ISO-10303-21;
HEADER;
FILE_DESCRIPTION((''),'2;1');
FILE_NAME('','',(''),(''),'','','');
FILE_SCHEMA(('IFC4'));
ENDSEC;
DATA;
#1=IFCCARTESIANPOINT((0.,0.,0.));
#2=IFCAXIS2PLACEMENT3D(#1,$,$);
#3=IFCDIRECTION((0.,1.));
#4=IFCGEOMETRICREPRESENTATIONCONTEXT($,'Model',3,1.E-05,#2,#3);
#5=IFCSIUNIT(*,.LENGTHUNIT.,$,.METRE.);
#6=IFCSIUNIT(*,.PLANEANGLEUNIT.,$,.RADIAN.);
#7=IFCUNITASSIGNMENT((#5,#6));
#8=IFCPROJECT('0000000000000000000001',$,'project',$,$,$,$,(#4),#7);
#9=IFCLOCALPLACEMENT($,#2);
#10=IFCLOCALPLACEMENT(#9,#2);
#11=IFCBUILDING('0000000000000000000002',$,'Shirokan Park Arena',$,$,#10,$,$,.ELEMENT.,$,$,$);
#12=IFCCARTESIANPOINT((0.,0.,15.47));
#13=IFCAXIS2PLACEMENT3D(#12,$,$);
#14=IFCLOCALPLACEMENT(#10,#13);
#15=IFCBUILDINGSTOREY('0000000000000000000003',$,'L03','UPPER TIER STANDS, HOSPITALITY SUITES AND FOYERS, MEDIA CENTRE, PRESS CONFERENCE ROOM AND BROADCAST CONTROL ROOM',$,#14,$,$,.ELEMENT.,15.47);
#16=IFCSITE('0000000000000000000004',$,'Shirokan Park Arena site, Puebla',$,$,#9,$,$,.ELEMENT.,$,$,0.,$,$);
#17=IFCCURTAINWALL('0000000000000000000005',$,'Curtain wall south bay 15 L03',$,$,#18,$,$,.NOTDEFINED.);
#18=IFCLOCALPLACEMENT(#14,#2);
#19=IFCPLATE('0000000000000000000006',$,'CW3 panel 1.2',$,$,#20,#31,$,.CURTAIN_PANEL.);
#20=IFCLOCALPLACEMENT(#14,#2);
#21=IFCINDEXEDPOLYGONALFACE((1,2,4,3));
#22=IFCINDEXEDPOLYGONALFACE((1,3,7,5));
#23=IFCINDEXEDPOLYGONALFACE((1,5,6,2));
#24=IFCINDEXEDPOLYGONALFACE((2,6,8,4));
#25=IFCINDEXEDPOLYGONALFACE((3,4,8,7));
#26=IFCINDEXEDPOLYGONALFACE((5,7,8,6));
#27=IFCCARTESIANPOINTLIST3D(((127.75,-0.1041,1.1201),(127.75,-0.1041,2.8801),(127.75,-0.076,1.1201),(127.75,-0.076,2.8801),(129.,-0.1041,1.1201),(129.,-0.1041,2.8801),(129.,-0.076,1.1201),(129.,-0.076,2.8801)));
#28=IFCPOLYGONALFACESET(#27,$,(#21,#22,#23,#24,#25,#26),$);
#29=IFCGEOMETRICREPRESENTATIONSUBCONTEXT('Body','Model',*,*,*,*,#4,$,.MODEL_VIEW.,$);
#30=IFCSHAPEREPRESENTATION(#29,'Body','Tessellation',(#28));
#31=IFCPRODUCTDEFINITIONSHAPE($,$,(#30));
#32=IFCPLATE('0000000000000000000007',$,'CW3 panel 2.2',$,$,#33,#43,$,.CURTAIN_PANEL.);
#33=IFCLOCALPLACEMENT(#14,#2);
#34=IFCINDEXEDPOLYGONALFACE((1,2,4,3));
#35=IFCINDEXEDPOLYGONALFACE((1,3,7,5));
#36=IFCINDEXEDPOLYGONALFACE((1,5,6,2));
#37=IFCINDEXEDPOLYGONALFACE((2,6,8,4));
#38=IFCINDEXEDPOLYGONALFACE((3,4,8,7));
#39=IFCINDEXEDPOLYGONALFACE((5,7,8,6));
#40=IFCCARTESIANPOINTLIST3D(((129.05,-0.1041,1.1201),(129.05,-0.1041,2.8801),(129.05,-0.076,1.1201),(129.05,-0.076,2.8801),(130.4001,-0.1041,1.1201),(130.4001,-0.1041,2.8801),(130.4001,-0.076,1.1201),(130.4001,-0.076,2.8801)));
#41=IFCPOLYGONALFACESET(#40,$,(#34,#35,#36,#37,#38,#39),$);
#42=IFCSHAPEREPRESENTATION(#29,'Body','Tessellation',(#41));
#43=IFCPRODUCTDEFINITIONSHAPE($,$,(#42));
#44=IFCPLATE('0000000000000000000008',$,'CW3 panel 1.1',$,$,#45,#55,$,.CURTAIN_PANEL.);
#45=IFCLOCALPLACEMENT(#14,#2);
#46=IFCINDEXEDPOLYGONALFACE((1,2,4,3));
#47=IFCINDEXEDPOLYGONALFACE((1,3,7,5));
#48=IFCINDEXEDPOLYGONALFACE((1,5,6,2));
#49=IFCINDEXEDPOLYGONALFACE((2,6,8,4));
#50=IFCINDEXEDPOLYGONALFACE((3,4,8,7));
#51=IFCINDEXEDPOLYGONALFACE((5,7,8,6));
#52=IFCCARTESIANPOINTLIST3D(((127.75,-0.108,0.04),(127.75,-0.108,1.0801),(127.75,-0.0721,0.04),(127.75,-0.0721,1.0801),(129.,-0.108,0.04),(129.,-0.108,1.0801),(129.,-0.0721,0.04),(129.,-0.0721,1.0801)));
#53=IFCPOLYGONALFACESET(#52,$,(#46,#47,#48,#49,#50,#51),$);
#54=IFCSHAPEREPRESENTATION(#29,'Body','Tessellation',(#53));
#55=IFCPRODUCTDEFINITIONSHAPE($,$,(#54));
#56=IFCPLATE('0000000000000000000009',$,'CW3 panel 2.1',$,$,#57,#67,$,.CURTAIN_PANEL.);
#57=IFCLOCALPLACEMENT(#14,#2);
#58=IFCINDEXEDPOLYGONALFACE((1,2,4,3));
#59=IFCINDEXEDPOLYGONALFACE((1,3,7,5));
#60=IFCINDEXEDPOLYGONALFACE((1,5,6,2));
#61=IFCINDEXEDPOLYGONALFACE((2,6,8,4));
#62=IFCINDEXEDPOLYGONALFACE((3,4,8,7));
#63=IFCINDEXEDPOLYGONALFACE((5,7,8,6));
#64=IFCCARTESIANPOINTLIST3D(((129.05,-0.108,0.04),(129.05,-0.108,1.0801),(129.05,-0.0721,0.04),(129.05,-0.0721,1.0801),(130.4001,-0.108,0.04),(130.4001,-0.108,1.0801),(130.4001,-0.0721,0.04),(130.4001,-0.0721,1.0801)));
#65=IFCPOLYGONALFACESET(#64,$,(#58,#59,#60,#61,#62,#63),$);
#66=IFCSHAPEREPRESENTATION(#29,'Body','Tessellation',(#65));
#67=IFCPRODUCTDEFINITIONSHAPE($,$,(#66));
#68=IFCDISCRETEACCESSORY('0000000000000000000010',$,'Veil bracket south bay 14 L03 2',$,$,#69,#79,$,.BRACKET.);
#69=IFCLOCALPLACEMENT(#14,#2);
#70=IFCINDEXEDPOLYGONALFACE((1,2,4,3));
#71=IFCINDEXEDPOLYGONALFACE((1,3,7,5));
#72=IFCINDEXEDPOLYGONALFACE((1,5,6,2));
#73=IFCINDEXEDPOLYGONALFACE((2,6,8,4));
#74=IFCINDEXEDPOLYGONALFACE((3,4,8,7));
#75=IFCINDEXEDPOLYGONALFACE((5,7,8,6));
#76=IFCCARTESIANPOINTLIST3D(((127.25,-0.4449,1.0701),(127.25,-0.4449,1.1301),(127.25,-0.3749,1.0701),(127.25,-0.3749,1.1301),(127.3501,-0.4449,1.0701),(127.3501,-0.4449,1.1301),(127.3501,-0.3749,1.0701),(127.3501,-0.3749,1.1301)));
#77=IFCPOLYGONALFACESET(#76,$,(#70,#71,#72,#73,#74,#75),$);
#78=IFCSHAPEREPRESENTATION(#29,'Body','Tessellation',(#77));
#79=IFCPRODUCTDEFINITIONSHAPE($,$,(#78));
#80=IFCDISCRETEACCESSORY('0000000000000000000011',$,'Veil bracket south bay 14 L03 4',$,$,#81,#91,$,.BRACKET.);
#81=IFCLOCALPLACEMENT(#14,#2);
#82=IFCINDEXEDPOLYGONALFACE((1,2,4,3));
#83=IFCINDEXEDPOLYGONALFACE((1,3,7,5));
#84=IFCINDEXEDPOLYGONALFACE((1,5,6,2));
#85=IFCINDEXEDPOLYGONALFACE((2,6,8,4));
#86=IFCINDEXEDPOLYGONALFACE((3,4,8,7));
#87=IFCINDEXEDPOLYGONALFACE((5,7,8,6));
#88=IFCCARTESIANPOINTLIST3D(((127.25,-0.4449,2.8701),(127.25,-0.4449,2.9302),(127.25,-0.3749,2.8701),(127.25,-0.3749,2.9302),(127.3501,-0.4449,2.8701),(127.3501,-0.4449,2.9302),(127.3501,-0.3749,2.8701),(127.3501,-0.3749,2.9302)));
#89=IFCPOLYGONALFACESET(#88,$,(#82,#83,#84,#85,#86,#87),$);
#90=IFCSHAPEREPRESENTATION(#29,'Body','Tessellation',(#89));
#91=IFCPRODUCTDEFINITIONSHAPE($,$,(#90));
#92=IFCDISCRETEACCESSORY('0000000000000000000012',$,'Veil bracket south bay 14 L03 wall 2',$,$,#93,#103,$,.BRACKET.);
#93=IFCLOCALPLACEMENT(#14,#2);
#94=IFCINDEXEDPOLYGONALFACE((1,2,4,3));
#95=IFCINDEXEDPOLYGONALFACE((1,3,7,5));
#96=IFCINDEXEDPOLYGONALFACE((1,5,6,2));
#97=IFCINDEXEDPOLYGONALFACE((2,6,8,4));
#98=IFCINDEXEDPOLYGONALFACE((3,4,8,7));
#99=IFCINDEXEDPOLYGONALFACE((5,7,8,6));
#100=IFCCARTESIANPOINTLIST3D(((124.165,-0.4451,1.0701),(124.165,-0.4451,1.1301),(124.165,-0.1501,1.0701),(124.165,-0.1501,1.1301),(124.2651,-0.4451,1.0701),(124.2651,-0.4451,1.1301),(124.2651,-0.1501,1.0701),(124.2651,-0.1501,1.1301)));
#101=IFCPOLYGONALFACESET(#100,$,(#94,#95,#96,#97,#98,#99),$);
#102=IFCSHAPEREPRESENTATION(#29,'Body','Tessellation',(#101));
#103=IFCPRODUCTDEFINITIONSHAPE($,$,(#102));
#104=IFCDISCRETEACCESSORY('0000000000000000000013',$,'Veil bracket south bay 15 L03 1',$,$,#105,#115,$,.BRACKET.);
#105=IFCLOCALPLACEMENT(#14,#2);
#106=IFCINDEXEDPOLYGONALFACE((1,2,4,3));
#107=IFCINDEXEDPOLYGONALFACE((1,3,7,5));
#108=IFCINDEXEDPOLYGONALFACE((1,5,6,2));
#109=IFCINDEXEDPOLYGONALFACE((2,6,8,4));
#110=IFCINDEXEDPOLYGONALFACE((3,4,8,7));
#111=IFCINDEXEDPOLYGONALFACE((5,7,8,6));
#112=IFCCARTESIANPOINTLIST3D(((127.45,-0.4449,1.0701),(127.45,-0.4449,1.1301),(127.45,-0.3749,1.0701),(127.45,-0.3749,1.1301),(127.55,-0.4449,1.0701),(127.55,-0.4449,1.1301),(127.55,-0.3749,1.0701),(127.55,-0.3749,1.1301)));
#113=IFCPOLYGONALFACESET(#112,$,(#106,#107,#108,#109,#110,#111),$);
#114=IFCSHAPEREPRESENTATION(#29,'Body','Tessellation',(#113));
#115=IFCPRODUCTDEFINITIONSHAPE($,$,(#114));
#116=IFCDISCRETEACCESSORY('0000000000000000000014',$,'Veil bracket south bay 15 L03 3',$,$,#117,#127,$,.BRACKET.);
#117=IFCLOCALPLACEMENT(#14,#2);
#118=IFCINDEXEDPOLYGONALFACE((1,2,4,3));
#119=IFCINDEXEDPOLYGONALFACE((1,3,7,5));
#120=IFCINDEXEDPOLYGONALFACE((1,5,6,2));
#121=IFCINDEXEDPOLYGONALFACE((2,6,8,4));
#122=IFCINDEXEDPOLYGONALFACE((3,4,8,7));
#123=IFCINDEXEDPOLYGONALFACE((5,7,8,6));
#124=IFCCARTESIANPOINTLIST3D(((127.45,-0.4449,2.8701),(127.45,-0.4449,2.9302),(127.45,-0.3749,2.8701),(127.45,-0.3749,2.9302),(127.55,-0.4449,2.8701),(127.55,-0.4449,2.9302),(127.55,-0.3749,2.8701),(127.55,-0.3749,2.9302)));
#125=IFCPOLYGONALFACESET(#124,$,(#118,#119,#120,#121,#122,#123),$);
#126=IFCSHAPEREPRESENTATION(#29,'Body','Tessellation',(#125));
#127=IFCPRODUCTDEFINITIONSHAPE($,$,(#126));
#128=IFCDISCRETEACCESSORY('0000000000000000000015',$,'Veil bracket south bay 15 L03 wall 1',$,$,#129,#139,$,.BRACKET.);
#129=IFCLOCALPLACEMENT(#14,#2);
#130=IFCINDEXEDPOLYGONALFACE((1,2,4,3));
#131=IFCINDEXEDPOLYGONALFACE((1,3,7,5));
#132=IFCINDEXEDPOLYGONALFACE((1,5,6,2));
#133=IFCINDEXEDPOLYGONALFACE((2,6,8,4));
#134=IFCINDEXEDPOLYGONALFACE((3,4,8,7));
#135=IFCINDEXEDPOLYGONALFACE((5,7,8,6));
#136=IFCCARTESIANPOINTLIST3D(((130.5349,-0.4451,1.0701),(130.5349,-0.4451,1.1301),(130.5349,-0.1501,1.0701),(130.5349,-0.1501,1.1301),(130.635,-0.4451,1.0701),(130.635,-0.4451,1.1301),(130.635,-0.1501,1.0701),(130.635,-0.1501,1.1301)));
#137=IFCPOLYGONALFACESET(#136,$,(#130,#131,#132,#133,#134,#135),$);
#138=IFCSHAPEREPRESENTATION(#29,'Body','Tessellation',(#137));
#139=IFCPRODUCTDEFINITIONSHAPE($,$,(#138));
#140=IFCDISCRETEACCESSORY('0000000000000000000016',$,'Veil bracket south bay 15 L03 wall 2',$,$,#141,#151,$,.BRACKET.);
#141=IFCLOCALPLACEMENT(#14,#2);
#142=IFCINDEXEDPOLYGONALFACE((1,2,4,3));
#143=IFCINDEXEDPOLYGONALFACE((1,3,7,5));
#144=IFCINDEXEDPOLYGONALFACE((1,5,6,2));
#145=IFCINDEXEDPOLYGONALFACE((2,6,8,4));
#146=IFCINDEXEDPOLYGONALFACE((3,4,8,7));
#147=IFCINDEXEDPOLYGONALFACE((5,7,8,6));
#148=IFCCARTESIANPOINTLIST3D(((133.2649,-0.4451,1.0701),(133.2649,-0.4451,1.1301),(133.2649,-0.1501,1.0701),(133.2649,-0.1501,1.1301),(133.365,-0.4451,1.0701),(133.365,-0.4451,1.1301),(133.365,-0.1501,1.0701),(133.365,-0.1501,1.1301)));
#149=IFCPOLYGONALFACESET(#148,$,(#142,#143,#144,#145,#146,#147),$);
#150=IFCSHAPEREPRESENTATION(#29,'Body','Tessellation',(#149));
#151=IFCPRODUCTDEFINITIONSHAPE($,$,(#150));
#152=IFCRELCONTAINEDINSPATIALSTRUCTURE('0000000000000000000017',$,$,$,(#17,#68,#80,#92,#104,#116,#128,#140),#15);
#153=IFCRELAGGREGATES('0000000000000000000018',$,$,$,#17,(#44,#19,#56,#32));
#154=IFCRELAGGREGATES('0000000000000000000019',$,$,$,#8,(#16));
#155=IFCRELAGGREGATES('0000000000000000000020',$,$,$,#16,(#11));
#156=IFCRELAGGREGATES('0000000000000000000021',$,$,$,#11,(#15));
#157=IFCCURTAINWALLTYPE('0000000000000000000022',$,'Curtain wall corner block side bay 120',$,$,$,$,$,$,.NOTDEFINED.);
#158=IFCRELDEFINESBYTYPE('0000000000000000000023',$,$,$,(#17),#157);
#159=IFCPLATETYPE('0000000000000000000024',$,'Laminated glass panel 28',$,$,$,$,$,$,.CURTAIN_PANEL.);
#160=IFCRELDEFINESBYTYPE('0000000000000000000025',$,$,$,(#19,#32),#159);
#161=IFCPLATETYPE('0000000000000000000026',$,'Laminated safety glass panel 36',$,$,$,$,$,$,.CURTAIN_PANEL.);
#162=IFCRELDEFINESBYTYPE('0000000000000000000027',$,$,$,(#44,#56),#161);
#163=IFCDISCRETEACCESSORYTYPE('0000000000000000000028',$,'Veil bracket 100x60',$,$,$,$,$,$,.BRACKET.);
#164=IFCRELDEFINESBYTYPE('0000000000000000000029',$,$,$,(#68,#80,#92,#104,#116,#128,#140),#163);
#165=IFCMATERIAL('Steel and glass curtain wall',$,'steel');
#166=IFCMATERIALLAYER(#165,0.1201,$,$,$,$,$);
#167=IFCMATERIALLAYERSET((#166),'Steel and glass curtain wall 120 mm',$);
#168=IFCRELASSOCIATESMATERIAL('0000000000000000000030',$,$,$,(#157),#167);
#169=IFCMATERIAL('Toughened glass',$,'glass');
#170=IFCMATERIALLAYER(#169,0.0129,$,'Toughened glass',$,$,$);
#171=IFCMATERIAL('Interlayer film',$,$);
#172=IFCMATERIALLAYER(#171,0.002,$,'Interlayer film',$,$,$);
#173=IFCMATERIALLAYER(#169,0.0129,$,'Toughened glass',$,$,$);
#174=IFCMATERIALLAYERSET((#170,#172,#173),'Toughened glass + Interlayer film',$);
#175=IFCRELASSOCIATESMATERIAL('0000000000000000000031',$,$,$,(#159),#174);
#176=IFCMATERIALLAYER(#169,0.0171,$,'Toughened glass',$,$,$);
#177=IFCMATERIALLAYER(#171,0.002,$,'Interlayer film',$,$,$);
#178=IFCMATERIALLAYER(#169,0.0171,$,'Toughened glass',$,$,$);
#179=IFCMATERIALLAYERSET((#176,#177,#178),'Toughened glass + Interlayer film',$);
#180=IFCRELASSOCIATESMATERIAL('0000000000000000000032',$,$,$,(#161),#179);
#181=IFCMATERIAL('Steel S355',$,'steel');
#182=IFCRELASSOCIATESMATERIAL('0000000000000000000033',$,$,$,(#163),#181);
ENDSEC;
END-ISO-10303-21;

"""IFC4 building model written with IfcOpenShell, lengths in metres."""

from ifc_helpers import new_model, si_unit, direction, frame, origin, origin_2d, place, context, subcontext, project, spatial, rectangle, extrude, material, layer, layer_set, type_object, element, aggregate, save


model = new_model("IFC4")

# Units and contexts
model_context = context("Model", 3, precision=1e-05, world=origin(), true_north=direction((0.0, 1.0)))
body_context = subcontext(model_context, "Body", "Model", "MODEL_VIEW")
ifc_project = project(units=[si_unit("LENGTHUNIT", "METRE"), si_unit("PLANEANGLEUNIT", "RADIAN")], contexts=[model_context])

# Site, building, storey
site_placement = place(None, origin())
site = spatial("IfcSite", under=ifc_project, at=site_placement, Name="Shirokan Park Arena site, Puebla", CompositionType="ELEMENT", RefElevation=0.0)
building_placement = place(site_placement, origin())
building = spatial("IfcBuilding", under=site, at=building_placement, Name="Shirokan Park Arena", CompositionType="ELEMENT")
storey_placement = place(building_placement, frame((0.0, 0.0, 15.47)))
storey = spatial("IfcBuildingStorey", under=building, at=storey_placement, Name="L03", Description="UPPER TIER STANDS, HOSPITALITY SUITES AND FOYERS, MEDIA CENTRE, PRESS CONFERENCE ROOM AND BROADCAST CONTROL ROOM", CompositionType="ELEMENT", Elevation=15.47)

# Curtain wall, plates
ifc_material_1 = material(Name="Steel and glass curtain wall", Category="steel")
ifc_layer_1 = layer(ifc_material_1, 0.1201)
ifc_layer_set_1 = layer_set([ifc_layer_1], Name="Steel and glass curtain wall 120 mm")
curtain_wall_type = type_object("IfcCurtainWallType", Name="Curtain wall corner block side bay 120", PredefinedType="NOTDEFINED", material=ifc_layer_set_1)
curtain_wall_placement = place(storey_placement, origin())
curtain_wall = element("IfcCurtainWall", 1, at=curtain_wall_placement, inside=storey, type_object=curtain_wall_type, Name="Curtain wall south bay 15 L03", PredefinedType="NOTDEFINED")
ifc_material_2 = material(Name="Steel S355", Category="steel")
ifc_material_3 = material(Name="Toughened glass", Category="glass")
ifc_layer_2 = layer(ifc_material_3, 0.0129, Name="Toughened glass")
ifc_material_4 = material(Name="Interlayer film")
ifc_layer_3 = layer(ifc_material_4, 0.002, Name="Interlayer film")
ifc_layer_4 = layer(ifc_material_3, 0.0129, Name="Toughened glass")
ifc_layer_set_2 = layer_set([ifc_layer_2, ifc_layer_3, ifc_layer_4], Name="Toughened glass + Interlayer film")
plate_type_1 = type_object("IfcPlateType", Name="Laminated glass panel 28", PredefinedType="CURTAIN_PANEL", material=ifc_layer_set_2)
plate_1_placement = place(storey_placement, frame((128.375, -0.0901, 1.1201), z_axis=(0.0, 0.0, 1.0), x_axis=(1.0, 0.0, 0.0)))
plate_1 = element("IfcPlate", 2, at=plate_1_placement, type_object=plate_type_1, Name="CW3 panel 1.2", PredefinedType="CURTAIN_PANEL", context=body_context, shape_type="SweptSolid", body=[
    extrude(rectangle(XDim=1.25, YDim=0.0281, at=origin_2d()), origin(), (0.0, 0.0, 1.0), 1.76),
])
plate_2_placement = place(storey_placement, frame((129.7251, -0.0901, 1.1201), z_axis=(0.0, 0.0, 1.0), x_axis=(1.0, 0.0, 0.0)))
plate_2 = element("IfcPlate", 3, at=plate_2_placement, type_object=plate_type_1, Name="CW3 panel 2.2", PredefinedType="CURTAIN_PANEL", context=body_context, shape_type="SweptSolid", body=[
    extrude(rectangle(XDim=1.3501, YDim=0.0281, at=origin_2d()), origin(), (0.0, 0.0, 1.0), 1.76),
])
ifc_layer_5 = layer(ifc_material_3, 0.0171, Name="Toughened glass")
ifc_layer_6 = layer(ifc_material_4, 0.002, Name="Interlayer film")
ifc_layer_7 = layer(ifc_material_3, 0.0171, Name="Toughened glass")
ifc_layer_set_3 = layer_set([ifc_layer_5, ifc_layer_6, ifc_layer_7], Name="Toughened glass + Interlayer film")
plate_type_2 = type_object("IfcPlateType", Name="Laminated safety glass panel 36", PredefinedType="CURTAIN_PANEL", material=ifc_layer_set_3)
plate_3_placement = place(storey_placement, frame((128.375, -0.0901, 0.04), z_axis=(0.0, 0.0, 1.0), x_axis=(1.0, 0.0, 0.0)))
plate_3 = element("IfcPlate", 4, at=plate_3_placement, type_object=plate_type_2, Name="CW3 panel 1.1", PredefinedType="CURTAIN_PANEL", context=body_context, shape_type="SweptSolid", body=[
    extrude(rectangle(XDim=1.25, YDim=0.0359, at=origin_2d()), origin(), (0.0, 0.0, 1.0), 1.04),
])
plate_4_placement = place(storey_placement, frame((129.7251, -0.0901, 0.04), z_axis=(0.0, 0.0, 1.0), x_axis=(1.0, 0.0, 0.0)))
plate_4 = element("IfcPlate", 5, at=plate_4_placement, type_object=plate_type_2, Name="CW3 panel 2.1", PredefinedType="CURTAIN_PANEL", context=body_context, shape_type="SweptSolid", body=[
    extrude(rectangle(XDim=1.3501, YDim=0.0359, at=origin_2d()), origin(), (0.0, 0.0, 1.0), 1.04),
])
aggregate(curtain_wall, [plate_3, plate_1, plate_4, plate_2])

# Discrete accessories
discrete_accessory_type = type_object("IfcDiscreteAccessoryType", Name="Veil bracket 100x60", PredefinedType="BRACKET", material=ifc_material_2)
for number, where, z_axis, x_axis, name in (
    (6, (127.3, -0.4099, 1.0701), (0.0, 0.0, 1.0), (1.0, 0.0, 0.0), "Veil bracket south bay 14 L03 2"),
    (7, (127.3, -0.4099, 2.8701), (0.0, 0.0, 1.0), (1.0, 0.0, 0.0), "Veil bracket south bay 14 L03 4"),
):
    element("IfcDiscreteAccessory", number, at=place(storey_placement, frame(where, z_axis=z_axis, x_axis=x_axis)), inside=storey, type_object=discrete_accessory_type, Name=name, PredefinedType="BRACKET", context=body_context, shape_type="SweptSolid", body=[
        extrude(rectangle(XDim=0.1001, YDim=0.0701, at=origin_2d()), origin(), (0.0, 0.0, 1.0), 0.0601),
    ])
discrete_accessory_placement = place(storey_placement, frame((124.2151, -0.2976, 1.0701), z_axis=(0.0, 0.0, 1.0), x_axis=(1.0, 0.0, 0.0)))
element("IfcDiscreteAccessory", 8, at=discrete_accessory_placement, inside=storey, type_object=discrete_accessory_type, Name="Veil bracket south bay 14 L03 wall 2", PredefinedType="BRACKET", context=body_context, shape_type="SweptSolid", body=[
    extrude(rectangle(XDim=0.1001, YDim=0.2949, at=origin_2d()), origin(), (0.0, 0.0, 1.0), 0.0601),
])
for number, where, z_axis, x_axis, name in (
    (9, (127.5, -0.4099, 1.0701), (0.0, 0.0, 1.0), (1.0, 0.0, 0.0), "Veil bracket south bay 15 L03 1"),
    (10, (127.5, -0.4099, 2.8701), (0.0, 0.0, 1.0), (1.0, 0.0, 0.0), "Veil bracket south bay 15 L03 3"),
):
    element("IfcDiscreteAccessory", number, at=place(storey_placement, frame(where, z_axis=z_axis, x_axis=x_axis)), inside=storey, type_object=discrete_accessory_type, Name=name, PredefinedType="BRACKET", context=body_context, shape_type="SweptSolid", body=[
        extrude(rectangle(XDim=0.1001, YDim=0.0701, at=origin_2d()), origin(), (0.0, 0.0, 1.0), 0.0601),
    ])
for number, where, z_axis, x_axis, name in (
    (11, (130.585, -0.2976, 1.0701), (0.0, 0.0, 1.0), (1.0, 0.0, 0.0), "Veil bracket south bay 15 L03 wall 1"),
    (12, (133.3149, -0.2976, 1.0701), (0.0, 0.0, 1.0), (1.0, 0.0, 0.0), "Veil bracket south bay 15 L03 wall 2"),
):
    element("IfcDiscreteAccessory", number, at=place(storey_placement, frame(where, z_axis=z_axis, x_axis=x_axis)), inside=storey, type_object=discrete_accessory_type, Name=name, PredefinedType="BRACKET", context=body_context, shape_type="SweptSolid", body=[
        extrude(rectangle(XDim=0.1001, YDim=0.2949, at=origin_2d()), origin(), (0.0, 0.0, 1.0), 0.0601),
    ])

save(model, "model.ifc")
